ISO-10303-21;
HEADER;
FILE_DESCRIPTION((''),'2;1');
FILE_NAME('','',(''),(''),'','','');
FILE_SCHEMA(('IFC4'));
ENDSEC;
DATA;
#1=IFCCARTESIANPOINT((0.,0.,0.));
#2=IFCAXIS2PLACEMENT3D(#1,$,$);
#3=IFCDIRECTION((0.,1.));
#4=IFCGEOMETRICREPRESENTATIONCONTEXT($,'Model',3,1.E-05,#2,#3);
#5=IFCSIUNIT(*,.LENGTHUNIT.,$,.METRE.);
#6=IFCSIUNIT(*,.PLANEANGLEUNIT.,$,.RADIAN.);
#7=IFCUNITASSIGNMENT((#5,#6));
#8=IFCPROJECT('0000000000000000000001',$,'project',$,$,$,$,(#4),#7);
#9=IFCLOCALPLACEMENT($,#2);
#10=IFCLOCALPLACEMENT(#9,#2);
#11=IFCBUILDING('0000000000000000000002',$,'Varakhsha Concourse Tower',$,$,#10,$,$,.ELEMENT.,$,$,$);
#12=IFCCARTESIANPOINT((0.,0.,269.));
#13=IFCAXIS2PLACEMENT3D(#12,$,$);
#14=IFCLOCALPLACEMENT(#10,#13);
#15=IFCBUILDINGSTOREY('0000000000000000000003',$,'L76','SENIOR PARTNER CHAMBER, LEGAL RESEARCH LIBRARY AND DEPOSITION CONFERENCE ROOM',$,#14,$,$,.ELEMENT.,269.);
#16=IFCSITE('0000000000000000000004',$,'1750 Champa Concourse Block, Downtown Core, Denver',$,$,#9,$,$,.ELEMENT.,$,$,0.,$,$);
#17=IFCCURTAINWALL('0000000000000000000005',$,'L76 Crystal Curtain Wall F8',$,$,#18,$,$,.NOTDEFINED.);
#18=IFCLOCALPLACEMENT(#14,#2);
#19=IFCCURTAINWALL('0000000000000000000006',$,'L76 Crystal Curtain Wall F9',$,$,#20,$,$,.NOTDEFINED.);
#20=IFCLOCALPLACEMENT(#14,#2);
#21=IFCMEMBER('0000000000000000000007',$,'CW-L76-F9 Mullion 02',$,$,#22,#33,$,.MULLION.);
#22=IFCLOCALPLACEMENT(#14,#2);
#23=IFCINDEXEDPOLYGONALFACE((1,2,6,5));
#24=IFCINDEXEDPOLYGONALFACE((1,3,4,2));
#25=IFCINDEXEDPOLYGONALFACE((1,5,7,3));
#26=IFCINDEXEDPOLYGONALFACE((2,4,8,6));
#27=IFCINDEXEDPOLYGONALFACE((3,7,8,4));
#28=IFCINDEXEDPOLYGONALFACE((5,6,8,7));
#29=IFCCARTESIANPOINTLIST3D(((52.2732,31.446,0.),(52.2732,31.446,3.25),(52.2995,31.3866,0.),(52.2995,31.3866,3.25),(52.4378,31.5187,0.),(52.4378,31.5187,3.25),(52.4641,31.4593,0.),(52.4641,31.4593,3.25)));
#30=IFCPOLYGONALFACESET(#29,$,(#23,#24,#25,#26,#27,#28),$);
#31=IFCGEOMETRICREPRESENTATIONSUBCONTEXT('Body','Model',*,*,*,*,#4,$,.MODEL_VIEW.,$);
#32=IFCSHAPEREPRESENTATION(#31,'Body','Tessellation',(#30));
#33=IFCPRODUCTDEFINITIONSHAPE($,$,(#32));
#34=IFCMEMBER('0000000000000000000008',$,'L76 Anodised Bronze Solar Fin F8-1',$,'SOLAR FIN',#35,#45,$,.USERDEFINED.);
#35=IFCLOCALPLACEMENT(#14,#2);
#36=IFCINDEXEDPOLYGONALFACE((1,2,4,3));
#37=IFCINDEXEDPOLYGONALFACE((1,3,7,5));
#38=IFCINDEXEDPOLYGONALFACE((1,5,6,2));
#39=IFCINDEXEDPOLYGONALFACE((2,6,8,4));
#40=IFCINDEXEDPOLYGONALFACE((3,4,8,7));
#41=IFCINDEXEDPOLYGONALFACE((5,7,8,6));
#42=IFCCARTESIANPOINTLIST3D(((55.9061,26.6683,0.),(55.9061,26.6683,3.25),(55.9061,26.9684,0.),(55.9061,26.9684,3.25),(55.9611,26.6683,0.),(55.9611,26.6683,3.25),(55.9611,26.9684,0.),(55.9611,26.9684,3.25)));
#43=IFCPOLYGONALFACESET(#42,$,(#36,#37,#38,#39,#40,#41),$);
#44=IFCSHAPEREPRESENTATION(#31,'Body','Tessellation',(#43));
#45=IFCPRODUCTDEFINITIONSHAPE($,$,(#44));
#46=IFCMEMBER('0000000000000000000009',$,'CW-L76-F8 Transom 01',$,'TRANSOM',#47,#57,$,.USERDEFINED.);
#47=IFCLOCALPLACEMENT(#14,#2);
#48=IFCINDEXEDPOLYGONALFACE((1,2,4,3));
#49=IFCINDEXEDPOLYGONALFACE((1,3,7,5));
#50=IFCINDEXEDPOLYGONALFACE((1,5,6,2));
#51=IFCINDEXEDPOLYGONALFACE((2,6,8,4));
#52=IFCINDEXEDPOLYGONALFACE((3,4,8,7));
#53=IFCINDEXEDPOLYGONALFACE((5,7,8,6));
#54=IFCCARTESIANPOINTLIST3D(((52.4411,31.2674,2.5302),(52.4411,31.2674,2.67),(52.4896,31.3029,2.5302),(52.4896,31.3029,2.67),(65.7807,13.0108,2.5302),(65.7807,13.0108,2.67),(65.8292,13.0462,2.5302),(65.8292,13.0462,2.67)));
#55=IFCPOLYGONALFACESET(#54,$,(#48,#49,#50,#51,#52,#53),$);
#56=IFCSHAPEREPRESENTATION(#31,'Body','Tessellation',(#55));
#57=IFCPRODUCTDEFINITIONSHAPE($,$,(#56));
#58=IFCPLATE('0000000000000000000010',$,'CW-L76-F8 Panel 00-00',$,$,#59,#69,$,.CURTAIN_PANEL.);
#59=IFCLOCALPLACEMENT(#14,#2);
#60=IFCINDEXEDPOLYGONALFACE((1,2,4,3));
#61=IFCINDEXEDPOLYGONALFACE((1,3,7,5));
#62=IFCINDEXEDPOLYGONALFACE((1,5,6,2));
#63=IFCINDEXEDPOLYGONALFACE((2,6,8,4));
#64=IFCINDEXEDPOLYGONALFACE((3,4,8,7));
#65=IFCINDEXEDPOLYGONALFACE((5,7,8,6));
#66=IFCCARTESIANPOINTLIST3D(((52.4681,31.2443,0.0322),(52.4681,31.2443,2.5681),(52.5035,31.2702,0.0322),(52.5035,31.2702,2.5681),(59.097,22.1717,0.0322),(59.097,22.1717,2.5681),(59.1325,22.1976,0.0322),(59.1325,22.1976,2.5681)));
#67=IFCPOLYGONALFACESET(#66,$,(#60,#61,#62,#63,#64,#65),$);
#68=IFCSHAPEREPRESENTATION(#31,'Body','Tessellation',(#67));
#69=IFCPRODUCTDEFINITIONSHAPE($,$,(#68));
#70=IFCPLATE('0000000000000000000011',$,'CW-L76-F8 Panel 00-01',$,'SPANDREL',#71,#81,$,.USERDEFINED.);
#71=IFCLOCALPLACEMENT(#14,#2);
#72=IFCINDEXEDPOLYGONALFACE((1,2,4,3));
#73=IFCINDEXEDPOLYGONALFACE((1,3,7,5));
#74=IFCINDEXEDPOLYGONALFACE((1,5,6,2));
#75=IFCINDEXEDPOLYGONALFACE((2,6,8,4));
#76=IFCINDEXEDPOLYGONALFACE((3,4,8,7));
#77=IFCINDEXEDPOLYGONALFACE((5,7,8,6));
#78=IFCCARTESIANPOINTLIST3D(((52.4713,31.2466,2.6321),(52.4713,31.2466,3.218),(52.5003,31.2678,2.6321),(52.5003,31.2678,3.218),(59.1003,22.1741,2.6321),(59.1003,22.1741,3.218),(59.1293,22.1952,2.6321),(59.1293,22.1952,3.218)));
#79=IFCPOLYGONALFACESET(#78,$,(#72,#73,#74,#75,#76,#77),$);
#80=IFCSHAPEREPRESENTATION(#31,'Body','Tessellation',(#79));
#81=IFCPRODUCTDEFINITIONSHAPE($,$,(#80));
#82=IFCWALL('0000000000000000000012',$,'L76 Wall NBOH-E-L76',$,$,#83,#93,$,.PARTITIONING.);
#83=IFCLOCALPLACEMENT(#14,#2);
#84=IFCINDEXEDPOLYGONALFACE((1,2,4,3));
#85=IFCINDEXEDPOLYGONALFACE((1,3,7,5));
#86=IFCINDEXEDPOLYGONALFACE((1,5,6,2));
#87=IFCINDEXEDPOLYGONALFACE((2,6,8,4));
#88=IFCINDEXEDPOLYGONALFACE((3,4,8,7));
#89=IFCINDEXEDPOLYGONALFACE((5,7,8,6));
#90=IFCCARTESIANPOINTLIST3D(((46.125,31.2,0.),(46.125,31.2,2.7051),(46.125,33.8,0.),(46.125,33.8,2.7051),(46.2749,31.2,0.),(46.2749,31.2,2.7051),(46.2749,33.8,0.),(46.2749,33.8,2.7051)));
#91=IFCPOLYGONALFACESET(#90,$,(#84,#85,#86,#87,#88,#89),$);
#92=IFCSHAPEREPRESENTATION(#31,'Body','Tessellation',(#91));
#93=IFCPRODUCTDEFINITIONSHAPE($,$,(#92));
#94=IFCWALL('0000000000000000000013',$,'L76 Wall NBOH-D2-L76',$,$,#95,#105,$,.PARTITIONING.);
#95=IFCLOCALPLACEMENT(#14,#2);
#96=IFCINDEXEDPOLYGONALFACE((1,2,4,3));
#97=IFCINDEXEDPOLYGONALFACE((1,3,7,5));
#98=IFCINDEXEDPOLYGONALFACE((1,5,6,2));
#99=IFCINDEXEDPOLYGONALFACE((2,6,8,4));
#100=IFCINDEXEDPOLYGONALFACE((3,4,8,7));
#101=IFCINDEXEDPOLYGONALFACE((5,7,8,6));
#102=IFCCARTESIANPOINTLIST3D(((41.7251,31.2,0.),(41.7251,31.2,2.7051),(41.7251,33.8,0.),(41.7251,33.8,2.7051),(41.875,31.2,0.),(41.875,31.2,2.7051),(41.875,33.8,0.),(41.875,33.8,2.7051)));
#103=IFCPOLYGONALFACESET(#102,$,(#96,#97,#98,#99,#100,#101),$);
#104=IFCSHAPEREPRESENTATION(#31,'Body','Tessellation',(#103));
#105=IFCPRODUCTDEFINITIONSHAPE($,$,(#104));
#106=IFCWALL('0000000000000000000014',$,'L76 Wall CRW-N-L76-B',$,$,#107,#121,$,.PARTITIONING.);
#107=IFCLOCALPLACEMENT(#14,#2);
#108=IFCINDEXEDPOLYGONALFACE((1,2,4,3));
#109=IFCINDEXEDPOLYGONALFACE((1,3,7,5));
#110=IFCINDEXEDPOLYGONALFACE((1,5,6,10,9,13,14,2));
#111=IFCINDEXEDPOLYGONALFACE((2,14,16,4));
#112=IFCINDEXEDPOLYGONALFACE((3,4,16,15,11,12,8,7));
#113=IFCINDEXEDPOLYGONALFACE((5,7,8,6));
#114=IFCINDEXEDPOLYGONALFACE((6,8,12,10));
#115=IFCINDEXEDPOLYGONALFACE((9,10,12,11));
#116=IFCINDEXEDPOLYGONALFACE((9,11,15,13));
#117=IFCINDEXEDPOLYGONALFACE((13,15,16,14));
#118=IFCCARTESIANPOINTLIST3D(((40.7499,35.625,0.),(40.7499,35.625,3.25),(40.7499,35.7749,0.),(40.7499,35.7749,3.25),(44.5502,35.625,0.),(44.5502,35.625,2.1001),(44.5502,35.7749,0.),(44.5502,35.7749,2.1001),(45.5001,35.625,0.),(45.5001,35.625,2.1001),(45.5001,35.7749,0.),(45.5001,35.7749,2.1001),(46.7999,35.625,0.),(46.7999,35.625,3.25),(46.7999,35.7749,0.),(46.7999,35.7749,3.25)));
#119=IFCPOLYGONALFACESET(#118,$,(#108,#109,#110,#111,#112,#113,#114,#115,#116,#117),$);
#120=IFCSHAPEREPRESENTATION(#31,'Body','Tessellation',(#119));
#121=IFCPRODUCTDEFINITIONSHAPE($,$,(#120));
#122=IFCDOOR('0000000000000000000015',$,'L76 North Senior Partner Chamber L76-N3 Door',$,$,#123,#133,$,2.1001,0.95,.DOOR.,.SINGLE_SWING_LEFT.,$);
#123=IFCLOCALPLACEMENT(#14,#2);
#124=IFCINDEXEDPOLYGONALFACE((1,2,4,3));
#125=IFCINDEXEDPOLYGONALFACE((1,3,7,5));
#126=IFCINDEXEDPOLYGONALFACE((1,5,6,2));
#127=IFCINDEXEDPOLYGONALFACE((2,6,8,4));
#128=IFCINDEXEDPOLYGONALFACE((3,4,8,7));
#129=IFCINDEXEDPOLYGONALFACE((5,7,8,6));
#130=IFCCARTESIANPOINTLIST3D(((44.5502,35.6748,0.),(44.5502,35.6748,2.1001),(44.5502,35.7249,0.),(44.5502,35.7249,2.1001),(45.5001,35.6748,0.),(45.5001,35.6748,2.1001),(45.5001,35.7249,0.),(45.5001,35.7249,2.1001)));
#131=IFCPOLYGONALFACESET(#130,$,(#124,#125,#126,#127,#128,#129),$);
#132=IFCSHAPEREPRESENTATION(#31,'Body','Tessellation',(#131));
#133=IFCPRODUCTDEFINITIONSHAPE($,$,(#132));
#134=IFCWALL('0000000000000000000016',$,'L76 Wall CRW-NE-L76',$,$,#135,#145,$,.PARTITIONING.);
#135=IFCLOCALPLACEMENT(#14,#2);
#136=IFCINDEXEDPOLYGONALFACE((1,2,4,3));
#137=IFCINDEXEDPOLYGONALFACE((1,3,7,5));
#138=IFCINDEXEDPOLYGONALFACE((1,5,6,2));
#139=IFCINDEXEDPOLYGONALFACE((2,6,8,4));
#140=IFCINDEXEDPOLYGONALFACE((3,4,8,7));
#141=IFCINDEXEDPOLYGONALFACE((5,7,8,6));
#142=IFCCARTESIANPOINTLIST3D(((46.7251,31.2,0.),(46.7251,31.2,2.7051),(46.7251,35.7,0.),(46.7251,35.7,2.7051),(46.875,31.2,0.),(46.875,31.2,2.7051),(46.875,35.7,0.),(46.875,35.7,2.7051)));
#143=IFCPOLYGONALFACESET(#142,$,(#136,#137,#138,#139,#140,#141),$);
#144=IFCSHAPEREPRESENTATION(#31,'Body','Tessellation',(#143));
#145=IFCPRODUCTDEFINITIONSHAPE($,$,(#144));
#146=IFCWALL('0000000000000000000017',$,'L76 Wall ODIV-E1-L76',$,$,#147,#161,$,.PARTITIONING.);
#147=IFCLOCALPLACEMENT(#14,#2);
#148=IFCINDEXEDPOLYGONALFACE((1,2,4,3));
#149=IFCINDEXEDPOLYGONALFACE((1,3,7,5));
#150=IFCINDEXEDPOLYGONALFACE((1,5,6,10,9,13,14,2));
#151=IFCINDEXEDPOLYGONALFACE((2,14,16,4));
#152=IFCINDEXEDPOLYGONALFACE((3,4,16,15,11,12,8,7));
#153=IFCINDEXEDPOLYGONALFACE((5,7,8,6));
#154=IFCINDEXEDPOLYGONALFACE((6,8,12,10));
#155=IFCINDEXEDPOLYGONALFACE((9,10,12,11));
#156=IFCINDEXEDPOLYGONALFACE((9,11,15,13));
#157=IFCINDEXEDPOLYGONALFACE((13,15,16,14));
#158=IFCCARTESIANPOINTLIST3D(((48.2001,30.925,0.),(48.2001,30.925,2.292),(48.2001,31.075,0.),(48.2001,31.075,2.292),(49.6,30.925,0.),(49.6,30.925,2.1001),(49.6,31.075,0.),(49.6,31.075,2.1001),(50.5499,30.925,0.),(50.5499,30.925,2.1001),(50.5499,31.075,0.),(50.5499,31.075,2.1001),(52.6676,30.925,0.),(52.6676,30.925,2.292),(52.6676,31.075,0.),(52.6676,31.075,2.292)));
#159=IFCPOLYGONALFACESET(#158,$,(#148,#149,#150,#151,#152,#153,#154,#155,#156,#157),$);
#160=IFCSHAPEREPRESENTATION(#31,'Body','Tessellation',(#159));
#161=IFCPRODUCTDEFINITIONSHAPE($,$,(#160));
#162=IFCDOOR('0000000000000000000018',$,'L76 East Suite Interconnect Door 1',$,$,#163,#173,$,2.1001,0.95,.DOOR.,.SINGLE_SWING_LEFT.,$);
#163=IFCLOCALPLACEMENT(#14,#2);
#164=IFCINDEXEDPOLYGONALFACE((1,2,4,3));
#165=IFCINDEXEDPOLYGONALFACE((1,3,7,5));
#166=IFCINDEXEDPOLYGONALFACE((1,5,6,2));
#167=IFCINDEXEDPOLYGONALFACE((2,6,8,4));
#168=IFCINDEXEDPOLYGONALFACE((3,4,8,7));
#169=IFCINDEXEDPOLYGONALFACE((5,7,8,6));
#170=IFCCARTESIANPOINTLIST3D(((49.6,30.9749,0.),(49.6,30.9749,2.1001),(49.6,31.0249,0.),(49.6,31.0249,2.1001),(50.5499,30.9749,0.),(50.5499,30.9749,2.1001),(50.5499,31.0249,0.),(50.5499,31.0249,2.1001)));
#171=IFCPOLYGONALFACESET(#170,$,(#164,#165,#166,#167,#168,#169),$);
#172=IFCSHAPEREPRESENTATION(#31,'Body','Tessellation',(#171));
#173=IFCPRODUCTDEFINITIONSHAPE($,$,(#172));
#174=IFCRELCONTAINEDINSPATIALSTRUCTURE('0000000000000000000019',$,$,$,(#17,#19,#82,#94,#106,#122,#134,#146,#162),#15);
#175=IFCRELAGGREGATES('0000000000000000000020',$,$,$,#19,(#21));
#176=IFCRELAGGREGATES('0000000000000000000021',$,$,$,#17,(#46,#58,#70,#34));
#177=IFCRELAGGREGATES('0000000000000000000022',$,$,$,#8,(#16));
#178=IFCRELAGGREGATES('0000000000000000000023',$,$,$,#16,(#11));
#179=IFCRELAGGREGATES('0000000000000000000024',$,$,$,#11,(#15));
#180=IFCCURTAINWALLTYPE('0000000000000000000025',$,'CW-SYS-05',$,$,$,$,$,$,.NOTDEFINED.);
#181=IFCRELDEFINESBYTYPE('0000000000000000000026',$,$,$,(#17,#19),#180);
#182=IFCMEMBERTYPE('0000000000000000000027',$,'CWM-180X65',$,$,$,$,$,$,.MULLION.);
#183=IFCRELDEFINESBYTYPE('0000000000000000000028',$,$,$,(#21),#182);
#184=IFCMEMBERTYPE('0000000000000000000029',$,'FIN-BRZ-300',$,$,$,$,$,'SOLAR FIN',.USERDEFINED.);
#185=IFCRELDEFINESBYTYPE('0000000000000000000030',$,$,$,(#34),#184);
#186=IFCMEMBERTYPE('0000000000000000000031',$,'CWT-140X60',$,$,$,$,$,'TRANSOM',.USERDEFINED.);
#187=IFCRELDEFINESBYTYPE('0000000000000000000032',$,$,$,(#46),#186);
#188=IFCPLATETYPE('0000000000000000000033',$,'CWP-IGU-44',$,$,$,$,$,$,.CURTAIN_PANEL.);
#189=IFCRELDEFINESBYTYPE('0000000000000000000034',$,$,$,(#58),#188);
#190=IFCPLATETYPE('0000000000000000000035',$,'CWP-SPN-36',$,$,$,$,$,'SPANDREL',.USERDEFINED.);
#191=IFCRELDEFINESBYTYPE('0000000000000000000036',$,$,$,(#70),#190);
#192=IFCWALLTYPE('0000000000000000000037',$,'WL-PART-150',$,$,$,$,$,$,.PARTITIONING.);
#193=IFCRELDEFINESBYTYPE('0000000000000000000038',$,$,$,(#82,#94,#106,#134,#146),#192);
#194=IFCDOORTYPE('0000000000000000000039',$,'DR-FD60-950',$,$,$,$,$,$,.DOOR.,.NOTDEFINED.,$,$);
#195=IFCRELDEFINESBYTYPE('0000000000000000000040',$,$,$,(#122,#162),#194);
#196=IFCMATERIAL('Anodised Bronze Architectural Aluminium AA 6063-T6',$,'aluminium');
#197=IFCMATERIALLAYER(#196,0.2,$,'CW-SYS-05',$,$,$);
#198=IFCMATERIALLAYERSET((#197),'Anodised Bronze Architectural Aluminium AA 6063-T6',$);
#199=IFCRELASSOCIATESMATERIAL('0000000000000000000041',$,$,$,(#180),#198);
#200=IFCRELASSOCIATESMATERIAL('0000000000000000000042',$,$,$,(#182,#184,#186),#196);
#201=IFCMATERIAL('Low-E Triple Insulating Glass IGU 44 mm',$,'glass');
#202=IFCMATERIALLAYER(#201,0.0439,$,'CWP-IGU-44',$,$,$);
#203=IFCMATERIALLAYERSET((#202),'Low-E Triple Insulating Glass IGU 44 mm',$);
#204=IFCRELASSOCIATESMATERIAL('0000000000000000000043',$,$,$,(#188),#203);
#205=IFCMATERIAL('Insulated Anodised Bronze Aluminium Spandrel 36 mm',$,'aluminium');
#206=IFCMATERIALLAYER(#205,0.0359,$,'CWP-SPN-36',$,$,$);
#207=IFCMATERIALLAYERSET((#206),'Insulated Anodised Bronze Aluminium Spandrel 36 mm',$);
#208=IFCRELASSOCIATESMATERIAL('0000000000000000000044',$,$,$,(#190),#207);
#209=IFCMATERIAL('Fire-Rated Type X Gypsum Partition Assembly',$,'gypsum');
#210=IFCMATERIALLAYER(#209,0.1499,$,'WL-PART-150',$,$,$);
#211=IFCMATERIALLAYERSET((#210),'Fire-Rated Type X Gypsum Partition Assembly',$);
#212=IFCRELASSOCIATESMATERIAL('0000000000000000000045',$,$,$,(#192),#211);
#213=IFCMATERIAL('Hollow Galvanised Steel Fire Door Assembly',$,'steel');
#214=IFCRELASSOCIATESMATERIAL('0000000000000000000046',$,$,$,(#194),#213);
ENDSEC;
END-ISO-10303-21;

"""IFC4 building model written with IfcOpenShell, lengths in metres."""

from ifc_helpers import new_model, si_unit, direction, frame, frame_2d, origin, origin_2d, place, context, subcontext, project, spatial, rectangle, extrude, source, transform, mapped, material, layer, layer_set, material_profile, profile_set, type_object, type_shapes, element, fill, aggregate, save


model = new_model("IFC4")

# Units and contexts
model_context = context("Model", 3, precision=1e-05, world=origin(), true_north=direction((0.0, 1.0)))
body_context = subcontext(model_context, "Body", "Model", "MODEL_VIEW")
ifc_project = project(units=[si_unit("LENGTHUNIT", "METRE"), si_unit("PLANEANGLEUNIT", "RADIAN")], contexts=[model_context])

# Site, building, storey
site_placement = place(None, origin())
site = spatial("IfcSite", under=ifc_project, at=site_placement, Name="1750 Champa Concourse Block, Downtown Core, Denver", CompositionType="ELEMENT", RefElevation=0.0)
building_placement = place(site_placement, origin())
building = spatial("IfcBuilding", under=site, at=building_placement, Name="Varakhsha Concourse Tower", CompositionType="ELEMENT")
storey_placement = place(building_placement, frame((0.0, 0.0, 269.0)))
storey = spatial("IfcBuildingStorey", under=building, at=storey_placement, Name="L76", Description="SENIOR PARTNER CHAMBER, LEGAL RESEARCH LIBRARY AND DEPOSITION CONFERENCE ROOM", CompositionType="ELEMENT", Elevation=269.0)

# Curtain walls, member
ifc_material_1 = material(Name="Anodised Bronze Architectural Aluminium AA 6063-T6", Category="aluminium")
ifc_layer_1 = layer(ifc_material_1, 0.2, Name="CW-SYS-05")
ifc_layer_set_1 = layer_set([ifc_layer_1], Name="Anodised Bronze Architectural Aluminium AA 6063-T6")
curtain_wall_type = type_object("IfcCurtainWallType", Name="CW-SYS-05", PredefinedType="NOTDEFINED", material=ifc_layer_set_1)
curtain_wall_1_placement = place(storey_placement, origin())
curtain_wall_1 = element("IfcCurtainWall", 1, at=curtain_wall_1_placement, inside=storey, type_object=curtain_wall_type, Name="L76 Crystal Curtain Wall F8", PredefinedType="NOTDEFINED")
ifc_material_profile_1 = material_profile(ifc_material_1, rectangle(XDim=0.0649, YDim=0.1799, at=origin_2d()), Name="CWM-180X65")
ifc_profile_set_1 = profile_set([ifc_material_profile_1], Name="Anodised Bronze Architectural Aluminium AA 6063-T6")
member_type_1 = type_object("IfcMemberType", Name="CWM-180X65", PredefinedType="MULLION", material=ifc_profile_set_1)
shared_shape_1 = source(origin(), body_context, "Body", "SweptSolid", [
    extrude(rectangle(XDim=0.0649, YDim=0.1799, at=origin_2d()), origin(), (0.0, 0.0, 1.0), 3.25),
])
type_shapes(member_type_1, [shared_shape_1])
curtain_wall_2_placement = place(storey_placement, origin())
curtain_wall_2 = element("IfcCurtainWall", 2, at=curtain_wall_2_placement, inside=storey, type_object=curtain_wall_type, Name="L76 Crystal Curtain Wall F9", PredefinedType="NOTDEFINED")
member_1_placement = place(storey_placement, frame((52.3687, 31.4526, 0.0), z_axis=(0.0, 0.0, 1.0), x_axis=(0.404273, -0.914638, 0.0)))
member_1 = element("IfcMember", 3, at=member_1_placement, type_object=member_type_1, Name="CW-L76-F9 Mullion 02", PredefinedType="MULLION", context=body_context, shape_type="MappedRepresentation", body=[
    mapped(shared_shape_1, transform((0.0, 0.0, 0.0), scale=1.0)),
])
aggregate(curtain_wall_2, [member_1])

# Members
ifc_material_profile_2 = material_profile(ifc_material_1, rectangle(XDim=0.0549, YDim=0.3, at=origin_2d()), Name="FIN-BRZ-300")
ifc_profile_set_2 = profile_set([ifc_material_profile_2], Name="Anodised Bronze Architectural Aluminium AA 6063-T6")
member_type_2 = type_object("IfcMemberType", Name="FIN-BRZ-300", ElementType="SOLAR FIN", PredefinedType="USERDEFINED", material=ifc_profile_set_2)
shared_shape_2 = source(origin(), body_context, "Body", "SweptSolid", [
    extrude(rectangle(XDim=0.0549, YDim=0.3, at=origin_2d()), origin(), (0.0, 0.0, 1.0), 3.25),
])
type_shapes(member_type_2, [shared_shape_2])
member_2_placement = place(storey_placement, frame((55.9336, 26.8184, 0.0), z_axis=(0.0, 0.0, 1.0), x_axis=(1.0, 0.0, 0.0)))
member_2 = element("IfcMember", 4, at=member_2_placement, type_object=member_type_2, Name="L76 Anodised Bronze Solar Fin F8-1", ObjectType="SOLAR FIN", PredefinedType="USERDEFINED", context=body_context, shape_type="MappedRepresentation", body=[
    mapped(shared_shape_2, transform((0.0, 0.0, 0.0), scale=1.0)),
])
ifc_material_profile_3 = material_profile(ifc_material_1, rectangle(XDim=0.0601, YDim=0.1399, at=origin_2d()), Name="CWT-140X60")
ifc_profile_set_3 = profile_set([ifc_material_profile_3], Name="Anodised Bronze Architectural Aluminium AA 6063-T6")
member_type_3 = type_object("IfcMemberType", Name="CWT-140X60", ElementType="TRANSOM", PredefinedType="USERDEFINED", material=ifc_profile_set_3)
shared_shape_3 = source(origin(), body_context, "Body", "SweptSolid", [
    extrude(rectangle(XDim=0.0601, YDim=0.1399, at=origin_2d()), origin(), (0.0, 0.0, 1.0), 22.6108),
])
type_shapes(member_type_3, [shared_shape_3])
member_3_placement = place(storey_placement, frame((52.4653, 31.2852, 2.6001), z_axis=(0.589966, -0.807428, 0.0), x_axis=(0.807428, 0.589966, 0.0)))
member_3 = element("IfcMember", 5, at=member_3_placement, type_object=member_type_3, Name="CW-L76-F8 Transom 01", ObjectType="TRANSOM", PredefinedType="USERDEFINED", context=body_context, shape_type="MappedRepresentation", body=[
    mapped(shared_shape_3, transform((0.0, 0.0, 0.0), scale=1.0)),
])

# Plates
ifc_material_2 = material(Name="Low-E Triple Insulating Glass IGU 44 mm", Category="glass")
ifc_layer_2 = layer(ifc_material_2, 0.0439, Name="CWP-IGU-44")
ifc_layer_set_2 = layer_set([ifc_layer_2], Name="Low-E Triple Insulating Glass IGU 44 mm")
plate_type_1 = type_object("IfcPlateType", Name="CWP-IGU-44", PredefinedType="CURTAIN_PANEL", material=ifc_layer_set_2)
shared_shape_4 = source(origin(), body_context, "Body", "SweptSolid", [
    extrude(rectangle(XDim=11.2363, YDim=0.0439, at=origin_2d()), origin(), (0.0, 0.0, 1.0), 2.5359),
])
type_shapes(plate_type_1, [shared_shape_4])
plate_1_placement = place(storey_placement, frame((55.8003, 26.7209, 0.0322), z_axis=(0.0, 0.0, 1.0), x_axis=(0.58996, -0.807432, 0.0)))
plate_1 = element("IfcPlate", 6, at=plate_1_placement, type_object=plate_type_1, Name="CW-L76-F8 Panel 00-00", PredefinedType="CURTAIN_PANEL", context=body_context, shape_type="MappedRepresentation", body=[
    mapped(shared_shape_4, transform((0.0, 0.0, 0.0), scale=1.0)),
])
ifc_material_3 = material(Name="Insulated Anodised Bronze Aluminium Spandrel 36 mm", Category="aluminium")
ifc_layer_3 = layer(ifc_material_3, 0.0359, Name="CWP-SPN-36")
ifc_layer_set_3 = layer_set([ifc_layer_3], Name="Insulated Anodised Bronze Aluminium Spandrel 36 mm")
plate_type_2 = type_object("IfcPlateType", Name="CWP-SPN-36", ElementType="SPANDREL", PredefinedType="USERDEFINED", material=ifc_layer_set_3)
shared_shape_5 = source(origin(), body_context, "Body", "SweptSolid", [
    extrude(rectangle(XDim=11.2363, YDim=0.0359, at=origin_2d()), origin(), (0.0, 0.0, 1.0), 0.5859),
])
type_shapes(plate_type_2, [shared_shape_5])
plate_2_placement = place(storey_placement, frame((55.8003, 26.7209, 2.6321), z_axis=(0.0, 0.0, 1.0), x_axis=(0.58996, -0.807432, 0.0)))
plate_2 = element("IfcPlate", 7, at=plate_2_placement, type_object=plate_type_2, Name="CW-L76-F8 Panel 00-01", ObjectType="SPANDREL", PredefinedType="USERDEFINED", context=body_context, shape_type="MappedRepresentation", body=[
    mapped(shared_shape_5, transform((0.0, 0.0, 0.0), scale=1.0)),
])
aggregate(curtain_wall_1, [member_3, plate_1, plate_2, member_2])

# Walls
ifc_material_4 = material(Name="Fire-Rated Type X Gypsum Partition Assembly", Category="gypsum")
ifc_layer_4 = layer(ifc_material_4, 0.1499, Name="WL-PART-150")
ifc_layer_set_4 = layer_set([ifc_layer_4], Name="Fire-Rated Type X Gypsum Partition Assembly")
wall_type_1 = type_object("IfcWallType", Name="WL-PART-150", PredefinedType="PARTITIONING", material=ifc_layer_set_4)
for number, where, z_axis, x_axis, name in (
    (8, (46.2, 31.2, 0.0), (0.0, 0.0, 1.0), (0.0, 1.0, 0.0), "L76 Wall NBOH-E-L76"),
    (9, (41.8, 31.2, 0.0), (0.0, 0.0, 1.0), (0.0, 1.0, 0.0), "L76 Wall NBOH-D2-L76"),
):
    element("IfcWall", number, at=place(storey_placement, frame(where, z_axis=z_axis, x_axis=x_axis)), inside=storey, type_object=wall_type_1, Name=name, PredefinedType="PARTITIONING", context=body_context, shape_type="SweptSolid", body=[
        extrude(rectangle(XDim=2.6001, YDim=0.1499, at=frame_2d((1.3, 0.0))), origin(), (0.0, 0.0, 1.0), 2.7051),
    ])

# Wall, opening, door
wall_1_placement = place(storey_placement, frame((40.75, 35.7, 0.0), z_axis=(0.0, 0.0, 1.0), x_axis=(1.0, 0.0, 0.0)))
wall_1 = element("IfcWall", 10, at=wall_1_placement, inside=storey, type_object=wall_type_1, Name="L76 Wall CRW-N-L76-B", PredefinedType="PARTITIONING", context=body_context, shape_type="SweptSolid", body=[
    extrude(rectangle(XDim=6.05, YDim=0.1499, at=frame_2d((3.0249, 0.0))), origin(), (0.0, 0.0, 1.0), 3.25),
])
opening_1_placement = place(wall_1_placement, frame((3.8, 0.0, 0.0)))
opening_1 = element("IfcOpeningElement", 11, at=opening_1_placement, cuts=wall_1, PredefinedType="OPENING", context=body_context, shape_type="SweptSolid", body=[
    extrude(rectangle(XDim=0.95, YDim=2.1001, at=frame_2d((0.4751, 1.05))), frame((0.0, 0.085, 0.0), z_axis=(0.0, -1.0, 0.0), x_axis=(1.0, 0.0, 0.0)), (0.0, 0.0, 1.0), 0.1699),
])
ifc_material_5 = material(Name="Hollow Galvanised Steel Fire Door Assembly", Category="steel")
door_type = type_object("IfcDoorType", Name="DR-FD60-950", OperationType="NOTDEFINED", PredefinedType="DOOR", material=ifc_material_5)
door_1_placement = place(opening_1_placement, origin())
door_1 = element("IfcDoor", 12, at=door_1_placement, inside=storey, type_object=door_type, Name="L76 North Senior Partner Chamber L76-N3 Door", OperationType="SINGLE_SWING_LEFT", OverallHeight=2.1001, OverallWidth=0.95, PredefinedType="DOOR", context=body_context, shape_type="SweptSolid", body=[
    extrude(rectangle(XDim=0.95, YDim=2.1001, at=frame_2d((0.4751, 1.05))), frame((0.0, 0.0249, 0.0), z_axis=(0.0, -1.0, 0.0), x_axis=(1.0, 0.0, 0.0)), (0.0, 0.0, 1.0), 0.05),
])
fill(opening_1, door_1)

# Wall
wall_2_placement = place(storey_placement, frame((46.8, 31.2, 0.0), z_axis=(0.0, 0.0, 1.0), x_axis=(0.0, 1.0, 0.0)))
element("IfcWall", 13, at=wall_2_placement, inside=storey, type_object=wall_type_1, Name="L76 Wall CRW-NE-L76", PredefinedType="PARTITIONING", context=body_context, shape_type="SweptSolid", body=[
    extrude(rectangle(XDim=4.5, YDim=0.1499, at=frame_2d((2.25, 0.0))), origin(), (0.0, 0.0, 1.0), 2.7051),
])

# Wall, opening, door
wall_3_placement = place(storey_placement, frame((48.2, 31.0, 0.0), z_axis=(0.0, 0.0, 1.0), x_axis=(1.0, 0.0, 0.0)))
wall_3 = element("IfcWall", 14, at=wall_3_placement, inside=storey, type_object=wall_type_1, Name="L76 Wall ODIV-E1-L76", PredefinedType="PARTITIONING", context=body_context, shape_type="SweptSolid", body=[
    extrude(rectangle(XDim=4.4675, YDim=0.1499, at=frame_2d((2.2339, 0.0))), origin(), (0.0, 0.0, 1.0), 2.292),
])
opening_2_placement = place(wall_3_placement, frame((1.3999, 0.0, 0.0)))
opening_2 = element("IfcOpeningElement", 15, at=opening_2_placement, cuts=wall_3, PredefinedType="OPENING", context=body_context, shape_type="SweptSolid", body=[
    extrude(rectangle(XDim=0.95, YDim=2.1001, at=frame_2d((0.4751, 1.05))), frame((0.0, 0.085, 0.0), z_axis=(0.0, -1.0, 0.0), x_axis=(1.0, 0.0, 0.0)), (0.0, 0.0, 1.0), 0.1699),
])
door_2_placement = place(opening_2_placement, origin())
door_2 = element("IfcDoor", 16, at=door_2_placement, inside=storey, type_object=door_type, Name="L76 East Suite Interconnect Door 1", OperationType="SINGLE_SWING_LEFT", OverallHeight=2.1001, OverallWidth=0.95, PredefinedType="DOOR", context=body_context, shape_type="SweptSolid", body=[
    extrude(rectangle(XDim=0.95, YDim=2.1001, at=frame_2d((0.4751, 1.05))), frame((0.0, 0.0249, 0.0), z_axis=(0.0, -1.0, 0.0), x_axis=(1.0, 0.0, 0.0)), (0.0, 0.0, 1.0), 0.05),
])
fill(opening_2, door_2)

save(model, "model.ifc")
